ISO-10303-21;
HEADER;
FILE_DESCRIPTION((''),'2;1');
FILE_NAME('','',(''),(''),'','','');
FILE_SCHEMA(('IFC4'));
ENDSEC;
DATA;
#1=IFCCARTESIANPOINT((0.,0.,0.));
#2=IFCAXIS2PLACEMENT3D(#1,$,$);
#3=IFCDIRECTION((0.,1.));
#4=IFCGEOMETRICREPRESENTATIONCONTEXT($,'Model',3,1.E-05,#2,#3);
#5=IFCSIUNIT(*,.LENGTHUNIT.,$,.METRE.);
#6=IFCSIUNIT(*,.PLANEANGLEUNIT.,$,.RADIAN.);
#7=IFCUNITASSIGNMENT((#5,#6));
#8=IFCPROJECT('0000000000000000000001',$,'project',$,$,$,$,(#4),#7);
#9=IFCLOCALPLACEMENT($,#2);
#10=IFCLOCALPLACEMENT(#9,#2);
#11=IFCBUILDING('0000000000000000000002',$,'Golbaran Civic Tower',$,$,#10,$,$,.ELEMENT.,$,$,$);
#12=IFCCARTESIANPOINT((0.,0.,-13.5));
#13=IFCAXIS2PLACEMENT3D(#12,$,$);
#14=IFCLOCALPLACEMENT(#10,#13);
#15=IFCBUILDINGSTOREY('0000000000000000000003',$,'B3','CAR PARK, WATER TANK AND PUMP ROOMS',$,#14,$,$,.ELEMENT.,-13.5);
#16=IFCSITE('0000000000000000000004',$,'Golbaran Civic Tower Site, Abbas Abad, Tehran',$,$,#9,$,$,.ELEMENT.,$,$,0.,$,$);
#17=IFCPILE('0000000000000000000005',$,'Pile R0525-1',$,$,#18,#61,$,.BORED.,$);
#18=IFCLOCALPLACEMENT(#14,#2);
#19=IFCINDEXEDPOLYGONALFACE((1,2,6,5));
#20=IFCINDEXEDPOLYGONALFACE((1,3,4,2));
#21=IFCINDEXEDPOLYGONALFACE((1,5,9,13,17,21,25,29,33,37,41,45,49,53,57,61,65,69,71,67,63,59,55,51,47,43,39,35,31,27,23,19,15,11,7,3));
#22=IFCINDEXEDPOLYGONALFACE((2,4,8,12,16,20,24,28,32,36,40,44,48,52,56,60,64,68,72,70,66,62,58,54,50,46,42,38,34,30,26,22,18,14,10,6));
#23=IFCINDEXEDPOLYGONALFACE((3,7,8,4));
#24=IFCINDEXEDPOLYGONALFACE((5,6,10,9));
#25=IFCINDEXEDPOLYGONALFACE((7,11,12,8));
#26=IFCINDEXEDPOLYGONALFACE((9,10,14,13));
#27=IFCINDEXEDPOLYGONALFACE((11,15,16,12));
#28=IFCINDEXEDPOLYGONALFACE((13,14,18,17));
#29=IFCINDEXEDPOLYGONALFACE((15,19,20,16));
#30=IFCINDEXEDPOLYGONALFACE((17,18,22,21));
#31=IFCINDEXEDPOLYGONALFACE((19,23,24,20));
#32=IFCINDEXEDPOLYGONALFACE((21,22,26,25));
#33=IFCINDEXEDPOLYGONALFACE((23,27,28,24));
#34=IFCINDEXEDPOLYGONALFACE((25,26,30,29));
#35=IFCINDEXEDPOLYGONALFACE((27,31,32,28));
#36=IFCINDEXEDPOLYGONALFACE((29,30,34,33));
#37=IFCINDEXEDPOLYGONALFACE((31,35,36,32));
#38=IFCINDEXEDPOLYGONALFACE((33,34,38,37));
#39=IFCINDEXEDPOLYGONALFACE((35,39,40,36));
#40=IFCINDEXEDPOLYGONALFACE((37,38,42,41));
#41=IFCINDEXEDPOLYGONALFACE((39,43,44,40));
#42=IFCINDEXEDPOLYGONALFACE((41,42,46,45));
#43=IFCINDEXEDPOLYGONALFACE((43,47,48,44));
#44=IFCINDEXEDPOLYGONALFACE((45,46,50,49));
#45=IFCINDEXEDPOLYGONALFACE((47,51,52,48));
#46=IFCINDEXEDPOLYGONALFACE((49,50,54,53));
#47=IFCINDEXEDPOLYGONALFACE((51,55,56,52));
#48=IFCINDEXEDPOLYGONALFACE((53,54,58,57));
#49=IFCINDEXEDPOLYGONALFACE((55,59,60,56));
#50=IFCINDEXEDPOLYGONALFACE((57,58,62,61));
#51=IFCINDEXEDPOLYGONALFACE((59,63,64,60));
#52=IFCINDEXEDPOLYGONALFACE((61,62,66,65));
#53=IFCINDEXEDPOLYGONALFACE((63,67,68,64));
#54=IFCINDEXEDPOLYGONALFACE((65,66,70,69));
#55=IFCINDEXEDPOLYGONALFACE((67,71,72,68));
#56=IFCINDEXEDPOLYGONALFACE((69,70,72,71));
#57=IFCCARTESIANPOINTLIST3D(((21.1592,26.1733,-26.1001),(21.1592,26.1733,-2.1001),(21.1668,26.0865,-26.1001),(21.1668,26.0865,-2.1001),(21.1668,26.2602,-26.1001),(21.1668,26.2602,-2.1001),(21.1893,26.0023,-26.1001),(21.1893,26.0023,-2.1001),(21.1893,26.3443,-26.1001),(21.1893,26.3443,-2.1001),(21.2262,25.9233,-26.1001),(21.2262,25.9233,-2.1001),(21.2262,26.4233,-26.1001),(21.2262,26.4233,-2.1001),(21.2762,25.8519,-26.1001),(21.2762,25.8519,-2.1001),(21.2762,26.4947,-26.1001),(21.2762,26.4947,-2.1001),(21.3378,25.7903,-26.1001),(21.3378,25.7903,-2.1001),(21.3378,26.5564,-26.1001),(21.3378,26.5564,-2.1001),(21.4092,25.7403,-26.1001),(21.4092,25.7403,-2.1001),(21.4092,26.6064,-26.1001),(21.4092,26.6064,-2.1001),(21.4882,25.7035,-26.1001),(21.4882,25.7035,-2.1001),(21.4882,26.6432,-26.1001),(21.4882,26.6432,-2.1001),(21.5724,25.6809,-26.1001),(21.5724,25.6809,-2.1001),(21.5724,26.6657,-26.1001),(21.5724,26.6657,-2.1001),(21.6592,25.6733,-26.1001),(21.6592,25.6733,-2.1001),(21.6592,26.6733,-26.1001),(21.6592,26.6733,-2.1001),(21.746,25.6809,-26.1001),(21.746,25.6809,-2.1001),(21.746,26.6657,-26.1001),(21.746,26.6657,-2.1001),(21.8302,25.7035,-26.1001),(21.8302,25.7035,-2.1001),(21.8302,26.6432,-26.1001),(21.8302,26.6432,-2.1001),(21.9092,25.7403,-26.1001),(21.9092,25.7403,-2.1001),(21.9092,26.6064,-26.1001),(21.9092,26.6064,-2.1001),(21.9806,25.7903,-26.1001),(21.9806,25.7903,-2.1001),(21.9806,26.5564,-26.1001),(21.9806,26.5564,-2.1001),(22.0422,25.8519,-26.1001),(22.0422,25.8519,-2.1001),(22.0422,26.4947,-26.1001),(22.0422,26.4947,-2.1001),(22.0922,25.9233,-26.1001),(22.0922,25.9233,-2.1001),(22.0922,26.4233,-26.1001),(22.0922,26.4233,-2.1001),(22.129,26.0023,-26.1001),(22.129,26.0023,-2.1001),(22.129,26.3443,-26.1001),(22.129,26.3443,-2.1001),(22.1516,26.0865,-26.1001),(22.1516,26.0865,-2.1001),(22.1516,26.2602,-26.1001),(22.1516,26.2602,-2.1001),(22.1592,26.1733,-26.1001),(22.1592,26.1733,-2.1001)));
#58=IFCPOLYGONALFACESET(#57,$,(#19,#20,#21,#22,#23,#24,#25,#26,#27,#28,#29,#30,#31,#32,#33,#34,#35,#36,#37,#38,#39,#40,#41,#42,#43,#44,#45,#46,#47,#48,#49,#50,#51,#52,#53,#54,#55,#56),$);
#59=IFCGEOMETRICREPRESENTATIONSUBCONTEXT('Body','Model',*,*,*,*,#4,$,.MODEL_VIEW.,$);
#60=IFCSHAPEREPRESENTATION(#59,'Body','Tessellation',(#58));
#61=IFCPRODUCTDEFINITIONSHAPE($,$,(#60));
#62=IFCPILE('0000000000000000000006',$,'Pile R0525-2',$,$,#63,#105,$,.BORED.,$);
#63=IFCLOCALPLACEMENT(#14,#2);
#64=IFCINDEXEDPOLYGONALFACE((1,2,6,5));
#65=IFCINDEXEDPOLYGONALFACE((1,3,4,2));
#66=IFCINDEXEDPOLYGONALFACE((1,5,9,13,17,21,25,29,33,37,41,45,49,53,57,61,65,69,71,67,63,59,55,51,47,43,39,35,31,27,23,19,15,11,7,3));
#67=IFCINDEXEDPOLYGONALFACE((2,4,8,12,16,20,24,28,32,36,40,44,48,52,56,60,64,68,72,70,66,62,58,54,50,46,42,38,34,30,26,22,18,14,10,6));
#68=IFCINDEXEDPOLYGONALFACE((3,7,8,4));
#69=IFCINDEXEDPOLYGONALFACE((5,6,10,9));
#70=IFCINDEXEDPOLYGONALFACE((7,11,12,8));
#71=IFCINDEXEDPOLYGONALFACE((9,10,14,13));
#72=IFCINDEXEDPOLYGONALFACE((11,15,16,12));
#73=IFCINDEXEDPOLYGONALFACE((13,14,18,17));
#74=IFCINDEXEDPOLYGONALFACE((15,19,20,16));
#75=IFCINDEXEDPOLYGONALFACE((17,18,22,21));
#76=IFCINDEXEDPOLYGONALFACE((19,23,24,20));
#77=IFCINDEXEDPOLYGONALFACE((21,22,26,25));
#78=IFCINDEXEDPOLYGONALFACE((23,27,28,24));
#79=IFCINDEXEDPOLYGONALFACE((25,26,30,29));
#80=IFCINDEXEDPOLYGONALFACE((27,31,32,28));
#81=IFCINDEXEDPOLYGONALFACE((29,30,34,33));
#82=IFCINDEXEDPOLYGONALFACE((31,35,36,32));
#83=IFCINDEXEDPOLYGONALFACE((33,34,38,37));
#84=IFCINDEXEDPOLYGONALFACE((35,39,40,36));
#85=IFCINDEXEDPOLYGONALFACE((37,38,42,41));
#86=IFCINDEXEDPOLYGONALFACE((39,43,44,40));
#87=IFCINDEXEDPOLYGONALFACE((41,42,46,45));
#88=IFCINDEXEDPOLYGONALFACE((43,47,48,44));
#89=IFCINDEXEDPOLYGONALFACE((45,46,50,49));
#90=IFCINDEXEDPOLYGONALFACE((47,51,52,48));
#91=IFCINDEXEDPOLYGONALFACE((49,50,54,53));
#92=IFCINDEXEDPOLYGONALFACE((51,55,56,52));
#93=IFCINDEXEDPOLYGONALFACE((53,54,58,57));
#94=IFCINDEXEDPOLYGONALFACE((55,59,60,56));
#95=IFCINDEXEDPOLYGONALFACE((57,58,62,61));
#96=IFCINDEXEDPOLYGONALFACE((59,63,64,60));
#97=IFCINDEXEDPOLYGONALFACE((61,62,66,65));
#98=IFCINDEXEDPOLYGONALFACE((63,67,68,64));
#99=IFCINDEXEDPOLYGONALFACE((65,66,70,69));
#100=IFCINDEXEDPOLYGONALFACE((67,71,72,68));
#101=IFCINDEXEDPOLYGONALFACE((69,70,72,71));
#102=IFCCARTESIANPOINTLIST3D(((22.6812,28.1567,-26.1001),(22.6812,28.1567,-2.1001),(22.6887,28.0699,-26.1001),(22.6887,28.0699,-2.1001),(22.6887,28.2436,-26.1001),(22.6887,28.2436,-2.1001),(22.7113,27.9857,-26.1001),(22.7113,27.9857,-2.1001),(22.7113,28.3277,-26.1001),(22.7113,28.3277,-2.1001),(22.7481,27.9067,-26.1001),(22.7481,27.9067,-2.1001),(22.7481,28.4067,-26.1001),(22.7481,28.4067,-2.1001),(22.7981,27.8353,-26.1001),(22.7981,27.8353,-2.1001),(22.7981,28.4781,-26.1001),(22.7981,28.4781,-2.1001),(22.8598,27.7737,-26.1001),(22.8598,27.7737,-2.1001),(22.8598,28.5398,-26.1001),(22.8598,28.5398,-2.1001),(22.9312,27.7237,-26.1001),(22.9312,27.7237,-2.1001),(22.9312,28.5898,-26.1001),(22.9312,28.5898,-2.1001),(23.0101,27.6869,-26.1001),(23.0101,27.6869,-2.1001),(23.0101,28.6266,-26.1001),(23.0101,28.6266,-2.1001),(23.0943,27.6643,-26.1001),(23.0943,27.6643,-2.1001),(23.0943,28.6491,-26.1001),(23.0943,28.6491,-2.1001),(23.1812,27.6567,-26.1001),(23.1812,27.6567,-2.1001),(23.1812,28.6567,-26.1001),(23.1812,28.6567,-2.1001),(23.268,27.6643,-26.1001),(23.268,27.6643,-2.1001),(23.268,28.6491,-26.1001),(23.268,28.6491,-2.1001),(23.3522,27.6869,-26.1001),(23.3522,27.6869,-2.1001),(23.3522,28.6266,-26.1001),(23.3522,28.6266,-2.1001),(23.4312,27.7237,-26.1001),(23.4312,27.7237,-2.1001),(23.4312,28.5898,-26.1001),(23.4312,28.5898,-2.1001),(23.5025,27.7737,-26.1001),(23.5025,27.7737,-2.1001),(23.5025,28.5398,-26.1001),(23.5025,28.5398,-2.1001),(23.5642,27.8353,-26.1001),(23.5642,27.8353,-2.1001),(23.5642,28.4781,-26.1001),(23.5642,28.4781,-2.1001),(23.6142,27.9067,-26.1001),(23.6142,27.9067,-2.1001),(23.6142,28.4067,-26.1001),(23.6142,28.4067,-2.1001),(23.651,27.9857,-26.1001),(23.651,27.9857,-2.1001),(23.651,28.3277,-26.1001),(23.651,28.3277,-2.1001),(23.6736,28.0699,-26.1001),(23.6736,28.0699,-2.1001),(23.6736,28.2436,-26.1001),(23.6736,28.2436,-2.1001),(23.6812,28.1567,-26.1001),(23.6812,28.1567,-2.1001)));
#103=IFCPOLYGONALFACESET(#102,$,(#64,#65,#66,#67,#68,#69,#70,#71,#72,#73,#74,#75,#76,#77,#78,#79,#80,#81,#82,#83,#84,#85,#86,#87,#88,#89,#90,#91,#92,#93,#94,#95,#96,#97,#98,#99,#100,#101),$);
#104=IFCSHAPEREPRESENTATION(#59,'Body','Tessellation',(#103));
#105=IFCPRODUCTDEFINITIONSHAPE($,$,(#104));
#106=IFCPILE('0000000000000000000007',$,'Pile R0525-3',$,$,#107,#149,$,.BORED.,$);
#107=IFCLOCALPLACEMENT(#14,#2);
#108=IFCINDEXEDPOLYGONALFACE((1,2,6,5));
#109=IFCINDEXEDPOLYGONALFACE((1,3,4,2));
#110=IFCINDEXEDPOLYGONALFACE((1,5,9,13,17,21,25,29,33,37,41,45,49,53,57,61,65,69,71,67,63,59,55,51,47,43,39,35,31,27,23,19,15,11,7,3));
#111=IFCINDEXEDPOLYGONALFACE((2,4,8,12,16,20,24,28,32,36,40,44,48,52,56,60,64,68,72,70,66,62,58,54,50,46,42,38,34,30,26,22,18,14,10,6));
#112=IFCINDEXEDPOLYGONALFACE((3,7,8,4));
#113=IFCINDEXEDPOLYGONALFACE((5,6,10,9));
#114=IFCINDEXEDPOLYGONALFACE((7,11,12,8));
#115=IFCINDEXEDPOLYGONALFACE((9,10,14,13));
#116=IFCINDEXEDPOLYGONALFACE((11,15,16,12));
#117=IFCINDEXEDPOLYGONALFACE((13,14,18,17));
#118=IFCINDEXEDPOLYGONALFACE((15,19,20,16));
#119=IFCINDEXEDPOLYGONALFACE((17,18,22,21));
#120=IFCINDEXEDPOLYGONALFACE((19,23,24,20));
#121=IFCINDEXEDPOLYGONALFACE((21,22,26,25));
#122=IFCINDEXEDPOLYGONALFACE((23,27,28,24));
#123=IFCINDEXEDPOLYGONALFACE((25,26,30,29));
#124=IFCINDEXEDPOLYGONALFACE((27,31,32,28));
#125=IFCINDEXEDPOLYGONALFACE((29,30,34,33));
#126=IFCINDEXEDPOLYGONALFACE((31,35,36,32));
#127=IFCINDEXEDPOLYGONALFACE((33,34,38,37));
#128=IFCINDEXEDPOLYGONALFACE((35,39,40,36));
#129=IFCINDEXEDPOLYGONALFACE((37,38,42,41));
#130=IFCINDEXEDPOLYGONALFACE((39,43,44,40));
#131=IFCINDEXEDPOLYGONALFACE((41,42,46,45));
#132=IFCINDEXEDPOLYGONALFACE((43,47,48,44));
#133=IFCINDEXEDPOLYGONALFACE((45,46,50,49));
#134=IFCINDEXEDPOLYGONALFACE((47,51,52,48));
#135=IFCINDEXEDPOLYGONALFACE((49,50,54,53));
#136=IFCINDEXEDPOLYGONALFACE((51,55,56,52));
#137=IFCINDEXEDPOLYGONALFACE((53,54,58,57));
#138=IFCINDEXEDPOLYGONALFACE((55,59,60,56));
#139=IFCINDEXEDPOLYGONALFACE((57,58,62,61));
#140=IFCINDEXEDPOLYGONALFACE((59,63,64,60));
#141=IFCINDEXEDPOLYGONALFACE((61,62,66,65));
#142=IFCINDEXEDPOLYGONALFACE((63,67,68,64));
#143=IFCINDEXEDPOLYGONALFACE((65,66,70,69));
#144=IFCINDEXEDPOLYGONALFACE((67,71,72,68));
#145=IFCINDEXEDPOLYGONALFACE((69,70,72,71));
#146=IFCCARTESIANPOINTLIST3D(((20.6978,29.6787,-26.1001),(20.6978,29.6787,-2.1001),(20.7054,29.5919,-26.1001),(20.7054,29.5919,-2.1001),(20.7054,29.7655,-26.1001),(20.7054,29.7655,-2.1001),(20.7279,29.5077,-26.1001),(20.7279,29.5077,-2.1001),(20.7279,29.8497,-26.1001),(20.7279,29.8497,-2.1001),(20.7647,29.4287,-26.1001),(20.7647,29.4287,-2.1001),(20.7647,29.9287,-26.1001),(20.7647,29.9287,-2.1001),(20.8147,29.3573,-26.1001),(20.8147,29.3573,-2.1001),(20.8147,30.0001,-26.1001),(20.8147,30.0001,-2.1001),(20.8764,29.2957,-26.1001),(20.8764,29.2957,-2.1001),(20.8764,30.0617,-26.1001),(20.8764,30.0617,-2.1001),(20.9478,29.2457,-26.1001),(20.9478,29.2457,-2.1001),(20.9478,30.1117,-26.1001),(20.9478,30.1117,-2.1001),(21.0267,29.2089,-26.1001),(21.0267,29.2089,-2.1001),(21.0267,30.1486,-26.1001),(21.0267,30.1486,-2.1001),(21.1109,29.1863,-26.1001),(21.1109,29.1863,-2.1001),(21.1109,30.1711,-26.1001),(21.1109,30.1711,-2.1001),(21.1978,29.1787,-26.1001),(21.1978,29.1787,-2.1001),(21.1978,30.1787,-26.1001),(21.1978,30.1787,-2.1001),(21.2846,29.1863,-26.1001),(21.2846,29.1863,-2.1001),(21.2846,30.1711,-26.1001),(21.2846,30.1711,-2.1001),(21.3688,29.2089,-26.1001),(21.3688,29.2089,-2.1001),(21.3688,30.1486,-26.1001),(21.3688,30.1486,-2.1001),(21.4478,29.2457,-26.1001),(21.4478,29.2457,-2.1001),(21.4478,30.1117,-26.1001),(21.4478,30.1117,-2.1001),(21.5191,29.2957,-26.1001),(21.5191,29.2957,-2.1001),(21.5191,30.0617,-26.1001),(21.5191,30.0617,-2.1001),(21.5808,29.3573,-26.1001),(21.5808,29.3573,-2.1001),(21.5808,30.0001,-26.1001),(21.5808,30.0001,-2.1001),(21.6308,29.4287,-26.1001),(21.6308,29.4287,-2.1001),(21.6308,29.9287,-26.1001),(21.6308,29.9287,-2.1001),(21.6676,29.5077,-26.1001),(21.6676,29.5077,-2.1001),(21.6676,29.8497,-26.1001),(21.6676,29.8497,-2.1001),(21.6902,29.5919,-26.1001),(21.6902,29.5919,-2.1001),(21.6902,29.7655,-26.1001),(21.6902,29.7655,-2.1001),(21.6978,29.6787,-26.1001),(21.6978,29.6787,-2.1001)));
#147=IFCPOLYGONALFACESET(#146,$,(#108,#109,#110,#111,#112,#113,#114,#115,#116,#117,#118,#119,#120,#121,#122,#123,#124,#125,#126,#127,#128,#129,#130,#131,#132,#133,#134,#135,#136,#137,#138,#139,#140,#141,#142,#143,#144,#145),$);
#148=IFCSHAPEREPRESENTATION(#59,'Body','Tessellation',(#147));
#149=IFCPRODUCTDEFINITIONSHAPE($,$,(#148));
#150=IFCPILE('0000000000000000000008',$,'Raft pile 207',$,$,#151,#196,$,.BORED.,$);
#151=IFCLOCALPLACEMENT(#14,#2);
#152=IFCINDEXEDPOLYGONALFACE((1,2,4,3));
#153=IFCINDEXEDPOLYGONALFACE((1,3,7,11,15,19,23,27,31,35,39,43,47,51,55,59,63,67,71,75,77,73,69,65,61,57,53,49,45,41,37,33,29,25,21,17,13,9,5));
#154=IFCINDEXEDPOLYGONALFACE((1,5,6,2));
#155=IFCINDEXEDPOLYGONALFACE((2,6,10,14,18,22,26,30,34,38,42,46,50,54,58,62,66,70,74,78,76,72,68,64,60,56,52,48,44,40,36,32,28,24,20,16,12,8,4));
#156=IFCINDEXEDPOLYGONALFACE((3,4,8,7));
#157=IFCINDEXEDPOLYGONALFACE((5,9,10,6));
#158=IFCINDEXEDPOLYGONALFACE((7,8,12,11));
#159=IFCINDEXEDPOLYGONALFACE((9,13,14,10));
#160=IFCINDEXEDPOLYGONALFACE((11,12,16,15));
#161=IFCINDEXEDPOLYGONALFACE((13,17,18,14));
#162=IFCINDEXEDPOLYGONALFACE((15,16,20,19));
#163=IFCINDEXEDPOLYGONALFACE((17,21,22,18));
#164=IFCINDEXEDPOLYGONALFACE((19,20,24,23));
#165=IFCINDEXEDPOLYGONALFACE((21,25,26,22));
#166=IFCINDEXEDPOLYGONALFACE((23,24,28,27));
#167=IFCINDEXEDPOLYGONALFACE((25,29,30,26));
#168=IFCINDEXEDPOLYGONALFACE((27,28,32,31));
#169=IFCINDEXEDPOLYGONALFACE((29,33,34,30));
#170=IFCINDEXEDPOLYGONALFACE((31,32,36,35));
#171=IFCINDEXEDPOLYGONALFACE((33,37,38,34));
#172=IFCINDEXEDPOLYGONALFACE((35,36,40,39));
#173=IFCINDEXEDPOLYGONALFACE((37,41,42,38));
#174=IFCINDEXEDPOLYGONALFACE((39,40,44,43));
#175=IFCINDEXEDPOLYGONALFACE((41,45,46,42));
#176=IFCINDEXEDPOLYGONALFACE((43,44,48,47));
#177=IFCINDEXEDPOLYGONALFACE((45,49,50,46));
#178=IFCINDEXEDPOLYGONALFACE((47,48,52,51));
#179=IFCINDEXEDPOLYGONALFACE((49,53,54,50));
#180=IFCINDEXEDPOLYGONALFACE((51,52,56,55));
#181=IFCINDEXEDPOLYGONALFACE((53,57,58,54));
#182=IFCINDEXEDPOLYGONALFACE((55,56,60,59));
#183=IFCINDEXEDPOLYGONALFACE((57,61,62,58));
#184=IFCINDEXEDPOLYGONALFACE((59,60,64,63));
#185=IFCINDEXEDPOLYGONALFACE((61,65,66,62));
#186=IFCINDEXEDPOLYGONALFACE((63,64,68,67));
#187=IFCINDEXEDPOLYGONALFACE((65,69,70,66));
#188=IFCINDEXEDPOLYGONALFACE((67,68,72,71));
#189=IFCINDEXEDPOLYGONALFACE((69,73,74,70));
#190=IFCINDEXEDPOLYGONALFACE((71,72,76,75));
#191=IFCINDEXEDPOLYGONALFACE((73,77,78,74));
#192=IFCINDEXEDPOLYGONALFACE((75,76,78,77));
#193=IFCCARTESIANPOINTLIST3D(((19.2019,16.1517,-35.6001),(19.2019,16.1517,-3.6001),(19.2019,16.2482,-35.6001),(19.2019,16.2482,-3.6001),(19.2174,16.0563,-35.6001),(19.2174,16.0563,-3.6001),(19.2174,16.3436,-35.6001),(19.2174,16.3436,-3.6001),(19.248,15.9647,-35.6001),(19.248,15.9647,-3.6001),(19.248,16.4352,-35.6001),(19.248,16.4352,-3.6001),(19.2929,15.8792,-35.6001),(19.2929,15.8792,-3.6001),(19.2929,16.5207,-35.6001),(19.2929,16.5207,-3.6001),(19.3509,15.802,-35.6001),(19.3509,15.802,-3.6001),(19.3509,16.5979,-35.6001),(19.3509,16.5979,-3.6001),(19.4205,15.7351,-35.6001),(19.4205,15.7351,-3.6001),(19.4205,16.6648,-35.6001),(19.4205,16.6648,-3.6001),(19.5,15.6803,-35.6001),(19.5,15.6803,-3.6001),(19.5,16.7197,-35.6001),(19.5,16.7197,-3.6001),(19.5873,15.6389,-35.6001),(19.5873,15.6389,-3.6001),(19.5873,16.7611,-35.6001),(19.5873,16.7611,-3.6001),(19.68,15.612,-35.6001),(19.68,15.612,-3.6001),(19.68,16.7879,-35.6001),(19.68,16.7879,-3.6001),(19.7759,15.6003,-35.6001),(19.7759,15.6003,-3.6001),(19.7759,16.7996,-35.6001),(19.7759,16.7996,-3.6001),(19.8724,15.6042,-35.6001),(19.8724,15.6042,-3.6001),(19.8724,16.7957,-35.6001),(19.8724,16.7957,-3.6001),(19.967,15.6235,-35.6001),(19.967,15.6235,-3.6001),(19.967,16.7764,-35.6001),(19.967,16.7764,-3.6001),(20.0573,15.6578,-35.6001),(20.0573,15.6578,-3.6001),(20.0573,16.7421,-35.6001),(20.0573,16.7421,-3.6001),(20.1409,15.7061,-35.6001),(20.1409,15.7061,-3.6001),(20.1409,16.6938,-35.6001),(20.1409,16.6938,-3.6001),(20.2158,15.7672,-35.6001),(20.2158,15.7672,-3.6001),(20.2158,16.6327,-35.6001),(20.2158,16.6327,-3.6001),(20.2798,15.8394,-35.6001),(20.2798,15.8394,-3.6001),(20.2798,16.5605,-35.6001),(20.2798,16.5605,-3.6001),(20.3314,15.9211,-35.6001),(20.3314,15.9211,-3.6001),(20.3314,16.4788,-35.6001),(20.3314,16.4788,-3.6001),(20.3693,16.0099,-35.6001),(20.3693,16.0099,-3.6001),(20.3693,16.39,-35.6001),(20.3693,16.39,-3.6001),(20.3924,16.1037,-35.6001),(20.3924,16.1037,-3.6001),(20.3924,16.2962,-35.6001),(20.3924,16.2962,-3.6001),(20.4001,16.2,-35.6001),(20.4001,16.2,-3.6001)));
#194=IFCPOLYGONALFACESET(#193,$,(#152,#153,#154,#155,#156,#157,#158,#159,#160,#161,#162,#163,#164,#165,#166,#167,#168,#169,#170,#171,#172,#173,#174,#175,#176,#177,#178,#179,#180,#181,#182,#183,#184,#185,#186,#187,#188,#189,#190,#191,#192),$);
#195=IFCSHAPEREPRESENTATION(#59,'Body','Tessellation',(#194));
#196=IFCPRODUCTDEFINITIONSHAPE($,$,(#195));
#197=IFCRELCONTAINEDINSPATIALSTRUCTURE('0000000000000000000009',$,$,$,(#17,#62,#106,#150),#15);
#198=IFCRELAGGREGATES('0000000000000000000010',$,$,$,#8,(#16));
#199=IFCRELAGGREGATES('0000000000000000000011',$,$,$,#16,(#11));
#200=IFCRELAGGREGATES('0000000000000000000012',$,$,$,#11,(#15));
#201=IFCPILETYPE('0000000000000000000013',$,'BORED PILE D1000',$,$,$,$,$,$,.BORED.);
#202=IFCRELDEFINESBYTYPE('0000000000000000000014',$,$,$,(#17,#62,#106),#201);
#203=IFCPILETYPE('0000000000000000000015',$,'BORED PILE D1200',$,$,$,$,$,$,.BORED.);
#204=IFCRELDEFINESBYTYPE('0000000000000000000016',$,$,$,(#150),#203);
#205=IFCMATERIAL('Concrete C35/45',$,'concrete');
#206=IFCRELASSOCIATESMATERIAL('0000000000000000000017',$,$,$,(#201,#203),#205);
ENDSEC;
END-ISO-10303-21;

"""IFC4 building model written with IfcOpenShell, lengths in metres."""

from ifc_helpers import new_model, si_unit, direction, frame, origin, origin_2d, place, context, subcontext, project, spatial, circle, extrude, material, material_profile, profile_set, type_object, element, save


model = new_model("IFC4")

# Units and contexts
model_context = context("Model", 3, precision=1e-05, world=origin(), true_north=direction((0.0, 1.0)))
body_context = subcontext(model_context, "Body", "Model", "MODEL_VIEW")
ifc_project = project(units=[si_unit("LENGTHUNIT", "METRE"), si_unit("PLANEANGLEUNIT", "RADIAN")], contexts=[model_context])

# Site, building, storey
site_placement = place(None, origin())
site = spatial("IfcSite", under=ifc_project, at=site_placement, Name="Golbaran Civic Tower Site, Abbas Abad, Tehran", CompositionType="ELEMENT", RefElevation=0.0)
building_placement = place(site_placement, origin())
building = spatial("IfcBuilding", under=site, at=building_placement, Name="Golbaran Civic Tower", CompositionType="ELEMENT")
storey_placement = place(building_placement, frame((0.0, 0.0, -13.5)))
storey = spatial("IfcBuildingStorey", under=building, at=storey_placement, Name="B3", Description="CAR PARK, WATER TANK AND PUMP ROOMS", CompositionType="ELEMENT", Elevation=-13.5)

# Piles
ifc_material_1 = material(Name="Concrete C35/45", Category="concrete")
ifc_material_profile_1 = material_profile(ifc_material_1, circle(Radius=0.5, at=origin_2d()), Name="BORED PILE D1000")
ifc_profile_set_1 = profile_set([ifc_material_profile_1], Name="Concrete C35/45")
pile_type_1 = type_object("IfcPileType", Name="BORED PILE D1000", PredefinedType="BORED", material=ifc_profile_set_1)
for number, where, z_axis, x_axis, name in (
    (1, (21.6592, 26.1733, -2.1001), (0.0, 0.0, -1.0), (1.0, 0.0, 0.0), "Pile R0525-1"),
    (2, (23.1812, 28.1567, -2.1001), (0.0, 0.0, -1.0), (1.0, 0.0, 0.0), "Pile R0525-2"),
    (3, (21.1978, 29.6787, -2.1001), (0.0, 0.0, -1.0), (1.0, 0.0, 0.0), "Pile R0525-3"),
):
    element("IfcPile", number, at=place(storey_placement, frame(where, z_axis=z_axis, x_axis=x_axis)), inside=storey, type_object=pile_type_1, Name=name, PredefinedType="BORED", context=body_context, shape_type="SweptSolid", body=[
        extrude(circle(Radius=0.5, at=origin_2d()), origin(), (0.0, 0.0, 1.0), 24.0),
    ])
ifc_material_profile_2 = material_profile(ifc_material_1, circle(Radius=0.6001, at=origin_2d()), Name="BORED PILE D1200")
ifc_profile_set_2 = profile_set([ifc_material_profile_2], Name="Concrete C35/45")
pile_type_2 = type_object("IfcPileType", Name="BORED PILE D1200", PredefinedType="BORED", material=ifc_profile_set_2)
for number, where, z_axis, x_axis, name in (
    (4, (19.8, 16.2, -3.6001), (0.0, 0.0, -1.0), (1.0, 0.0, 0.0), "Raft pile 207"),
):
    element("IfcPile", number, at=place(storey_placement, frame(where, z_axis=z_axis, x_axis=x_axis)), inside=storey, type_object=pile_type_2, Name=name, PredefinedType="BORED", context=body_context, shape_type="SweptSolid", body=[
        extrude(circle(Radius=0.6001, at=origin_2d()), origin(), (0.0, 0.0, 1.0), 32.0),
    ])

save(model, "model.ifc")
